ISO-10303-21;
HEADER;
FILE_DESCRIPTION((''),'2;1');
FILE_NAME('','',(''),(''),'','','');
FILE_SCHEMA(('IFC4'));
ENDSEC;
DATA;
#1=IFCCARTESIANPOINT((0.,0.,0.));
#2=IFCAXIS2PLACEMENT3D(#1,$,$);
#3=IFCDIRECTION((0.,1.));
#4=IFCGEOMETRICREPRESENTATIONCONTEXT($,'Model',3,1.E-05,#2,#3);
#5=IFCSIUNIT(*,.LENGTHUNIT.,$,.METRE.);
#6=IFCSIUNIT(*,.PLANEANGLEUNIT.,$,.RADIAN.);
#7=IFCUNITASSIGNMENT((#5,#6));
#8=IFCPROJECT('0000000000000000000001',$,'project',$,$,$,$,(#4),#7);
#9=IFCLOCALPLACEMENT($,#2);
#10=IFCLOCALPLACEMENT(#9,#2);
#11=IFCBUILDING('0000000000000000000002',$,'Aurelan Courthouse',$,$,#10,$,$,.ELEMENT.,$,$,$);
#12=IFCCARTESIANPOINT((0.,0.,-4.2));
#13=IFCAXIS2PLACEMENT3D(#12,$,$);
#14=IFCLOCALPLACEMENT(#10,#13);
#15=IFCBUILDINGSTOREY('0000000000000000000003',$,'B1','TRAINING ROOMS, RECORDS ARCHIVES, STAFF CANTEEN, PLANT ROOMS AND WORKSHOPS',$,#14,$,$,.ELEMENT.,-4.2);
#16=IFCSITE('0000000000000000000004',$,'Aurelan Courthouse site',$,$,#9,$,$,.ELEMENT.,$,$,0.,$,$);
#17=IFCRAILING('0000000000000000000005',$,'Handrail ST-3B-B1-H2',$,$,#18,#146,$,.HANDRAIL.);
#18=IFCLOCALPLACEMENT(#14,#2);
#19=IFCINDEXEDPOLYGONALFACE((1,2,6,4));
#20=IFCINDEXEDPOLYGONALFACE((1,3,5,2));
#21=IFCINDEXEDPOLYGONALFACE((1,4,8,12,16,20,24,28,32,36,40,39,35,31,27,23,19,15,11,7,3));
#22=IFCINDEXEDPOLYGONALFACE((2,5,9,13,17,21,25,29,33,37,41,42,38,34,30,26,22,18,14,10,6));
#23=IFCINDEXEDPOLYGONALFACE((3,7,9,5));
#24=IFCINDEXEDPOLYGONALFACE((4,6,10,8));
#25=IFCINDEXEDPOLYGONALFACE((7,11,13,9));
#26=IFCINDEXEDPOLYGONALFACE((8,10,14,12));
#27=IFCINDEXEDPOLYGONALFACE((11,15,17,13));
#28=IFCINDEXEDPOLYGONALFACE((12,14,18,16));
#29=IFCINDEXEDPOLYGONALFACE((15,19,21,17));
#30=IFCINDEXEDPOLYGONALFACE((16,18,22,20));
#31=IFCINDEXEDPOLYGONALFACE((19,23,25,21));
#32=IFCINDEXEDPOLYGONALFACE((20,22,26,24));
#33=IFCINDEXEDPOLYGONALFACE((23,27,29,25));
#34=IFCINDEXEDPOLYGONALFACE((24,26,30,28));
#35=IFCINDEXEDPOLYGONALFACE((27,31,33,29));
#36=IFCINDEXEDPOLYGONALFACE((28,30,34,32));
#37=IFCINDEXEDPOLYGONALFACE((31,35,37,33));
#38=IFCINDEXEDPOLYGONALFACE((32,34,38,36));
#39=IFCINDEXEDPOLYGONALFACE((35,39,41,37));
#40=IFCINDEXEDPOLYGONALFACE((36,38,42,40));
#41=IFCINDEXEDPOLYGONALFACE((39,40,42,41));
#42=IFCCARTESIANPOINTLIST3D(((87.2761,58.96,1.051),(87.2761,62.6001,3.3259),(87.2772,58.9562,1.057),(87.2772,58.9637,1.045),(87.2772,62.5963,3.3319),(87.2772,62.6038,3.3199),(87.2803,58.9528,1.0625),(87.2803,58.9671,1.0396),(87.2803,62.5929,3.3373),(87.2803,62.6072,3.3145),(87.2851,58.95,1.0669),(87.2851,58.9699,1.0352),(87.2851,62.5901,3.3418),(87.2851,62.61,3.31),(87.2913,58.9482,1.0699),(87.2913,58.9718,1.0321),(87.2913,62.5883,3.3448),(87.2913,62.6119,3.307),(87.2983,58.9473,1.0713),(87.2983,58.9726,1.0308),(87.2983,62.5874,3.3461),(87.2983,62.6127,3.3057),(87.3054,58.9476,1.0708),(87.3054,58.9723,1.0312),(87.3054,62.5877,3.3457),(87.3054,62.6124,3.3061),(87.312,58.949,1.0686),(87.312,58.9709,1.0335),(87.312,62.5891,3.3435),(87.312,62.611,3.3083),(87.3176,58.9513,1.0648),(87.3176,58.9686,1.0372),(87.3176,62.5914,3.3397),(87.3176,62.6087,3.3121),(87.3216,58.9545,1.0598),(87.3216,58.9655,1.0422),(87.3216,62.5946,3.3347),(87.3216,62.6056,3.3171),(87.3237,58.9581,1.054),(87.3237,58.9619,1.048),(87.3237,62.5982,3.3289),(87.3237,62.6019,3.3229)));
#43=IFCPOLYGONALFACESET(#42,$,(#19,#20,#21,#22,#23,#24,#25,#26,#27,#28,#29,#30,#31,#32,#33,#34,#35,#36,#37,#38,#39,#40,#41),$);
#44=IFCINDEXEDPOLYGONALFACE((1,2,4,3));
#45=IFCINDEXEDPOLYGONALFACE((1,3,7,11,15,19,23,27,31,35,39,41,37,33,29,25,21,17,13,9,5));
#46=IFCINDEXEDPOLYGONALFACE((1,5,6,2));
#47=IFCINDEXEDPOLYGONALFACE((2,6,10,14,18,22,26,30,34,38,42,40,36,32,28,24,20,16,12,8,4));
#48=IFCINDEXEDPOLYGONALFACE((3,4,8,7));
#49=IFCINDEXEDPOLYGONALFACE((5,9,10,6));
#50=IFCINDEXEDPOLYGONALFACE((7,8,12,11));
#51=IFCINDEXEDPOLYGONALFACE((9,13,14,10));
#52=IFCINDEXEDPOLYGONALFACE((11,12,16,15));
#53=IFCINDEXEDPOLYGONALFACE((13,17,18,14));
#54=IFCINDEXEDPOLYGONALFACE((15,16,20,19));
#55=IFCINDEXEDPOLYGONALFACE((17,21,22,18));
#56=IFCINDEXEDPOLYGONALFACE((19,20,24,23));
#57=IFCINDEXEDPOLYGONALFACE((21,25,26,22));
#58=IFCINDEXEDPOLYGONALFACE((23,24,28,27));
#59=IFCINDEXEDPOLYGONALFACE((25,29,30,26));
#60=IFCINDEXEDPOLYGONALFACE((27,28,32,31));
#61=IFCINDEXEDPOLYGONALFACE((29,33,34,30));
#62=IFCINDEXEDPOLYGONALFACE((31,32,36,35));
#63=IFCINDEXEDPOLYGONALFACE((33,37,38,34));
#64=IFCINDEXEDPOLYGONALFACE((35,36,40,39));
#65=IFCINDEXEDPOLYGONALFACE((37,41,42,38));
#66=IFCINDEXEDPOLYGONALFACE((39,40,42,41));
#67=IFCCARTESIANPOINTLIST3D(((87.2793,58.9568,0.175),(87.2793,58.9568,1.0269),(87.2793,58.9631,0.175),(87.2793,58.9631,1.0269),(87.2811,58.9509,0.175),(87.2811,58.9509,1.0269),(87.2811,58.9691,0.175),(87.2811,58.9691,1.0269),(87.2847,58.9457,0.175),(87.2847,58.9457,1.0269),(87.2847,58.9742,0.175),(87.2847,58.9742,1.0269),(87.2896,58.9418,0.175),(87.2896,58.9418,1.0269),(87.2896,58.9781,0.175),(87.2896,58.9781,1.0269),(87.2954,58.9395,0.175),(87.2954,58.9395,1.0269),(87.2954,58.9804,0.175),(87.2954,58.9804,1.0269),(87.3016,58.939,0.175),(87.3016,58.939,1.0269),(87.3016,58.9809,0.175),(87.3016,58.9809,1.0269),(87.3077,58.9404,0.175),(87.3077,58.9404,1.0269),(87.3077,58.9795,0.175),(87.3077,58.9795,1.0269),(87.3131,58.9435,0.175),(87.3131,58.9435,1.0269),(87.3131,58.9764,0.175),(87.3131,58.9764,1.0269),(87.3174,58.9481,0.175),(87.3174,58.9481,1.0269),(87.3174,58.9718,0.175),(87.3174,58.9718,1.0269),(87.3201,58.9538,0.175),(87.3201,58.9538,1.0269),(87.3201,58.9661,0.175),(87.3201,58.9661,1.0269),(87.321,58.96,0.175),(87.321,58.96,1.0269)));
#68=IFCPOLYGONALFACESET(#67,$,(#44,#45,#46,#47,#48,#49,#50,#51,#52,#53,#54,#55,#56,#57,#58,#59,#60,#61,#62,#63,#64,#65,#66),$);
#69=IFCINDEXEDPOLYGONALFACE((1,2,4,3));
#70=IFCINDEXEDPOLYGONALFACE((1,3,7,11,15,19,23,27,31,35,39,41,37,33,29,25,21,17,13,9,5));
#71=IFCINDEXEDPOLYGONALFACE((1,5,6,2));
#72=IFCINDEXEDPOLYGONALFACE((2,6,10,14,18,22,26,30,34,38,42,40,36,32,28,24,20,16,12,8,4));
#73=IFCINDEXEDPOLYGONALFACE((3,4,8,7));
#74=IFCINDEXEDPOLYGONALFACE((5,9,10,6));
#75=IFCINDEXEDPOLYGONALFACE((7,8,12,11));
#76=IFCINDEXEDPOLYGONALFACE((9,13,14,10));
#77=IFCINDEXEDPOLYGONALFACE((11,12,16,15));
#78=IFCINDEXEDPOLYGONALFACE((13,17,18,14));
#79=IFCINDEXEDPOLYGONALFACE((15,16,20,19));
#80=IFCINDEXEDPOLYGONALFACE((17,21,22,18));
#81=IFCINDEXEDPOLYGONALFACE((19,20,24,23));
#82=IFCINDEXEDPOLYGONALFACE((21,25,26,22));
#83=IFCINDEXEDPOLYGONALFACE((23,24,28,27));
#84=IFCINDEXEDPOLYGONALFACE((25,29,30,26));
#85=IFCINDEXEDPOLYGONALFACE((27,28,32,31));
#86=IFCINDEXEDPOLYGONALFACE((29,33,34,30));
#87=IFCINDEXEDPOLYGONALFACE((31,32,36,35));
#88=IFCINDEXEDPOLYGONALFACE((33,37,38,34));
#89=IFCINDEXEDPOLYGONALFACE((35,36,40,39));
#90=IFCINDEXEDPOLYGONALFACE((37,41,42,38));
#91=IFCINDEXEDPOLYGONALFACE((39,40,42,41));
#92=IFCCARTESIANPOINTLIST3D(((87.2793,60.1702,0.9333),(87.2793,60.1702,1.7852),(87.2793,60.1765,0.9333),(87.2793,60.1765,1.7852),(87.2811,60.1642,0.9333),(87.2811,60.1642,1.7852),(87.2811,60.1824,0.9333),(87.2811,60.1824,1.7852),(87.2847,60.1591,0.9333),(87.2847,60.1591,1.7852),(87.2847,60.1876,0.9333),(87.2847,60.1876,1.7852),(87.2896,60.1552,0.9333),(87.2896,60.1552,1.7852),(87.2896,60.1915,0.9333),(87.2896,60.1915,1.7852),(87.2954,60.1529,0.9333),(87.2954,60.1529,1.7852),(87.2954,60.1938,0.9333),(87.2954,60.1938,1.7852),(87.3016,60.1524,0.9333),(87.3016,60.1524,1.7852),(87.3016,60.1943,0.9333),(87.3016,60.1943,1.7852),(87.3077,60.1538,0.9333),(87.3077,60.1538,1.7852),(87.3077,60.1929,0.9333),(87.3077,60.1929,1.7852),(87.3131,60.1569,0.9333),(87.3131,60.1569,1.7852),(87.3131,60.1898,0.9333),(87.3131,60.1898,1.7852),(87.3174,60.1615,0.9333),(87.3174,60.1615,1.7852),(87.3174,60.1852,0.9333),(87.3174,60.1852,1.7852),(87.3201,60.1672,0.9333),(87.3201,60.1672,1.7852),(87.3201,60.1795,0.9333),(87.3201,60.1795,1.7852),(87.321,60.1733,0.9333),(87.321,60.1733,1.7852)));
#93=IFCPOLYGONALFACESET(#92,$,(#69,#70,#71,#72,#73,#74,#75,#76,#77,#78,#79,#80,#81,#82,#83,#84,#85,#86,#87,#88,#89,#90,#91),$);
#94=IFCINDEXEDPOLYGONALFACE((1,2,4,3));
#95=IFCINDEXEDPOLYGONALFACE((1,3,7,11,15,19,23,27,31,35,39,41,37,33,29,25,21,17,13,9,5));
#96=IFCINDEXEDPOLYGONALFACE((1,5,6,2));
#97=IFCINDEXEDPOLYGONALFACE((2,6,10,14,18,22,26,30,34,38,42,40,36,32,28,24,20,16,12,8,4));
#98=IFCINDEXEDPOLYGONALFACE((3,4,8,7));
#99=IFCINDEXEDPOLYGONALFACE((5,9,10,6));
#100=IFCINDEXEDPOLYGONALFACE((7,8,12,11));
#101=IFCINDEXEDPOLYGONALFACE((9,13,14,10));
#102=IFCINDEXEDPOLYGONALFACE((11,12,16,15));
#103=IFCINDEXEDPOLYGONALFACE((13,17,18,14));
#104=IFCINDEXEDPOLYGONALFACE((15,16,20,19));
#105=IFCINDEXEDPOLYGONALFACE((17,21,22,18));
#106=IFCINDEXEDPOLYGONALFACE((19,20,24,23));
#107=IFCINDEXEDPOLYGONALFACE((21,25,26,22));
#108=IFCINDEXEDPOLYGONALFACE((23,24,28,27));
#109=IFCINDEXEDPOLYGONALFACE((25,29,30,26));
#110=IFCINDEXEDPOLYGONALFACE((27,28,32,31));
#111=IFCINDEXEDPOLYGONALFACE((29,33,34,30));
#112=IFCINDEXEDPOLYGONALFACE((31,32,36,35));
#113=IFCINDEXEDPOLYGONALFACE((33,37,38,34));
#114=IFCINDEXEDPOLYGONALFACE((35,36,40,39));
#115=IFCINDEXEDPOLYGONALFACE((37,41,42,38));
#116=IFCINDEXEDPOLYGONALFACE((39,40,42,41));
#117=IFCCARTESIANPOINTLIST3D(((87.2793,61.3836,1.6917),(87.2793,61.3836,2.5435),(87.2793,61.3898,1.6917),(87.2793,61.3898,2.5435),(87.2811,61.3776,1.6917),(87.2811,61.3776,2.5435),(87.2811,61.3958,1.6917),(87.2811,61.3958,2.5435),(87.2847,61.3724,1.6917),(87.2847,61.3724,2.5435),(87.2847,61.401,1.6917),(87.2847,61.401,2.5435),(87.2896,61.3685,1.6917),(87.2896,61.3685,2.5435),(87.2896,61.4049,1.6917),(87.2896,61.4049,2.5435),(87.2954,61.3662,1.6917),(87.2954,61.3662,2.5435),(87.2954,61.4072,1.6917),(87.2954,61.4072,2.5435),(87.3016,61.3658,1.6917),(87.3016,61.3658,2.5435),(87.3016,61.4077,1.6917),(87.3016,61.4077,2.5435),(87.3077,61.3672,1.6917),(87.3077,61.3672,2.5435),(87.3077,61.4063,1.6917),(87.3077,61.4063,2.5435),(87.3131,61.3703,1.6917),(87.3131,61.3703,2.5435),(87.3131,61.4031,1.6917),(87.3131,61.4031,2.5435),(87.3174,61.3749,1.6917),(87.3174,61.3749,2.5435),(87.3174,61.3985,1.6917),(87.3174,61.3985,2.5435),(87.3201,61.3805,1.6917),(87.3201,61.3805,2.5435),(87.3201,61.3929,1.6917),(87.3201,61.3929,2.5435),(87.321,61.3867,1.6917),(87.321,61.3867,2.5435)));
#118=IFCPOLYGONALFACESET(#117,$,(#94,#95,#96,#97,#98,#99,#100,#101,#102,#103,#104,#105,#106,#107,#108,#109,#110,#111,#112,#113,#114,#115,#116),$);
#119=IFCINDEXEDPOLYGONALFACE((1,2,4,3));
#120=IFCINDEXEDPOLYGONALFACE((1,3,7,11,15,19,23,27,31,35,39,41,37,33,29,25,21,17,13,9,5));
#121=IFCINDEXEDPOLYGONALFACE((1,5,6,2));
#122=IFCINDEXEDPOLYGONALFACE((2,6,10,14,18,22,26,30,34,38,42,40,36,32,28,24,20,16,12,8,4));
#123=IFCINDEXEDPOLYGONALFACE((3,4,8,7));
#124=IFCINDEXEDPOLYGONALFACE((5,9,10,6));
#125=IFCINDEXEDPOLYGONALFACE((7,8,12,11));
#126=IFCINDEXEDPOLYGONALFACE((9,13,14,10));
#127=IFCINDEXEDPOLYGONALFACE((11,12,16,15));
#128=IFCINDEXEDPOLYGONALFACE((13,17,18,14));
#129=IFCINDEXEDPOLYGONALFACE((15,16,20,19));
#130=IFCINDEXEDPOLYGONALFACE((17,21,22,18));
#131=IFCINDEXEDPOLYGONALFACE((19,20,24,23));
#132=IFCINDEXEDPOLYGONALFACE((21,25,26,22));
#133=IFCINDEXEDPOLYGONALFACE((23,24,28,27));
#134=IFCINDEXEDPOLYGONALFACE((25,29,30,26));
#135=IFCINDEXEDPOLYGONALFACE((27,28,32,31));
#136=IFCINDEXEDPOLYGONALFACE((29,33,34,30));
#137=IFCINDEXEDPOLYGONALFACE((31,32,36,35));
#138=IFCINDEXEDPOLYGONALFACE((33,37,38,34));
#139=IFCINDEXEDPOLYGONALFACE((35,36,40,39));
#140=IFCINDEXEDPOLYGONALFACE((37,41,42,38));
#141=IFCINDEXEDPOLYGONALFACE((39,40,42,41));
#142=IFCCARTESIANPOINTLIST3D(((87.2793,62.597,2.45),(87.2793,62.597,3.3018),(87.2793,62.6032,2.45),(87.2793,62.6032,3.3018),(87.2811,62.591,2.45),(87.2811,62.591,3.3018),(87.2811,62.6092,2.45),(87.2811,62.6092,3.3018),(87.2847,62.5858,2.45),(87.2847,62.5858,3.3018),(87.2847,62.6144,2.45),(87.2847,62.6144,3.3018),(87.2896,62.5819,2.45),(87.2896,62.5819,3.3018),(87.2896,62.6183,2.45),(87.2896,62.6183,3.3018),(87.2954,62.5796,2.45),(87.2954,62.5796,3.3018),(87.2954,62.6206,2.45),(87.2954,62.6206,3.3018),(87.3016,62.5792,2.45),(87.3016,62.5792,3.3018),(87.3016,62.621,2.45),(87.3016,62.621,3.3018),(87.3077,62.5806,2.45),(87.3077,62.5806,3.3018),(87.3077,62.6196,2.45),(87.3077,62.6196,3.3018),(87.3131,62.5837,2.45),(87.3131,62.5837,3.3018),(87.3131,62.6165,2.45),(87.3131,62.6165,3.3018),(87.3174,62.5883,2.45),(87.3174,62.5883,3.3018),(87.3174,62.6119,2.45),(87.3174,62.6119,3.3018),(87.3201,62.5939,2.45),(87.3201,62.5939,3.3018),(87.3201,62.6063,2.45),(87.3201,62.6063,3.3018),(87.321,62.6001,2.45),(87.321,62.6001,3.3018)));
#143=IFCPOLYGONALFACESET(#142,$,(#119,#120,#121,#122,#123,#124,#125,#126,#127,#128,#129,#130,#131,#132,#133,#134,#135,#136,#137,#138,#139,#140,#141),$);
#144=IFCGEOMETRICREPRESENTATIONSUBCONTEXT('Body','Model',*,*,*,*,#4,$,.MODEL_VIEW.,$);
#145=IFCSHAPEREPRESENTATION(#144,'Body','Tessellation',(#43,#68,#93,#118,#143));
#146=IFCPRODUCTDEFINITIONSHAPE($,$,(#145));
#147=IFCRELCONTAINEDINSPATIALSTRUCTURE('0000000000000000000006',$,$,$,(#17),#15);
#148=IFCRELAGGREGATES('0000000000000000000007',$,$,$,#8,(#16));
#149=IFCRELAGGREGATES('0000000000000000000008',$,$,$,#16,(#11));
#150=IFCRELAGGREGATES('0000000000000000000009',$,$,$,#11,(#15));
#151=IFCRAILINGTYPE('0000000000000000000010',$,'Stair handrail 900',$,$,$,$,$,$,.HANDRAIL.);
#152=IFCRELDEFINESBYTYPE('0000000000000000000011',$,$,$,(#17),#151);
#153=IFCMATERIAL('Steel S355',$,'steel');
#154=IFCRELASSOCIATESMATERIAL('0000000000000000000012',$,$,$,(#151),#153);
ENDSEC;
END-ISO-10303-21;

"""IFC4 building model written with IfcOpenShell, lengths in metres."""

from ifc_helpers import new_model, si_unit, direction, frame, origin, origin_2d, place, context, subcontext, project, spatial, circle, extrude, material, type_object, element, save


model = new_model("IFC4")

# Units and contexts
model_context = context("Model", 3, precision=1e-05, world=origin(), true_north=direction((0.0, 1.0)))
body_context = subcontext(model_context, "Body", "Model", "MODEL_VIEW")
ifc_project = project(units=[si_unit("LENGTHUNIT", "METRE"), si_unit("PLANEANGLEUNIT", "RADIAN")], contexts=[model_context])

# Site, building, storey
site_placement = place(None, origin())
site = spatial("IfcSite", under=ifc_project, at=site_placement, Name="Aurelan Courthouse site", CompositionType="ELEMENT", RefElevation=0.0)
building_placement = place(site_placement, origin())
building = spatial("IfcBuilding", under=site, at=building_placement, Name="Aurelan Courthouse", CompositionType="ELEMENT")
storey_placement = place(building_placement, frame((0.0, 0.0, -4.2)))
storey = spatial("IfcBuildingStorey", under=building, at=storey_placement, Name="B1", Description="TRAINING ROOMS, RECORDS ARCHIVES, STAFF CANTEEN, PLANT ROOMS AND WORKSHOPS", CompositionType="ELEMENT", Elevation=-4.2)

# Railing
ifc_material_1 = material(Name="Steel S355", Category="steel")
railing_type_1 = type_object("IfcRailingType", Name="Stair handrail 900", PredefinedType="HANDRAIL", material=ifc_material_1)
for number, where, name in (
    (1, (87.3, 58.96, 0.175), "Handrail ST-3B-B1-H2"),
):
    element("IfcRailing", number, at=place(storey_placement, frame(where)), inside=storey, type_object=railing_type_1, Name=name, PredefinedType="HANDRAIL", context=body_context, shape_type="SweptSolid", body=[
        extrude(circle(Radius=0.0239, at=origin_2d()), frame((0.0, 0.0, 0.876), z_axis=(0.0, 0.848017, 0.529968), x_axis=(-1.0, 0.0, 0.0)), (0.0, 0.0, 1.0), 4.2925),
        extrude(circle(Radius=0.021, at=origin_2d()), origin(), (0.0, 0.0, 1.0), 0.8518),
        extrude(circle(Radius=0.021, at=origin_2d()), frame((0.0, 1.2134, 0.7583)), (0.0, 0.0, 1.0), 0.8518),
        extrude(circle(Radius=0.021, at=origin_2d()), frame((0.0, 2.4268, 1.5166)), (0.0, 0.0, 1.0), 0.8518),
        extrude(circle(Radius=0.021, at=origin_2d()), frame((0.0, 3.6401, 2.2749)), (0.0, 0.0, 1.0), 0.8518),
    ])

save(model, "model.ifc")
